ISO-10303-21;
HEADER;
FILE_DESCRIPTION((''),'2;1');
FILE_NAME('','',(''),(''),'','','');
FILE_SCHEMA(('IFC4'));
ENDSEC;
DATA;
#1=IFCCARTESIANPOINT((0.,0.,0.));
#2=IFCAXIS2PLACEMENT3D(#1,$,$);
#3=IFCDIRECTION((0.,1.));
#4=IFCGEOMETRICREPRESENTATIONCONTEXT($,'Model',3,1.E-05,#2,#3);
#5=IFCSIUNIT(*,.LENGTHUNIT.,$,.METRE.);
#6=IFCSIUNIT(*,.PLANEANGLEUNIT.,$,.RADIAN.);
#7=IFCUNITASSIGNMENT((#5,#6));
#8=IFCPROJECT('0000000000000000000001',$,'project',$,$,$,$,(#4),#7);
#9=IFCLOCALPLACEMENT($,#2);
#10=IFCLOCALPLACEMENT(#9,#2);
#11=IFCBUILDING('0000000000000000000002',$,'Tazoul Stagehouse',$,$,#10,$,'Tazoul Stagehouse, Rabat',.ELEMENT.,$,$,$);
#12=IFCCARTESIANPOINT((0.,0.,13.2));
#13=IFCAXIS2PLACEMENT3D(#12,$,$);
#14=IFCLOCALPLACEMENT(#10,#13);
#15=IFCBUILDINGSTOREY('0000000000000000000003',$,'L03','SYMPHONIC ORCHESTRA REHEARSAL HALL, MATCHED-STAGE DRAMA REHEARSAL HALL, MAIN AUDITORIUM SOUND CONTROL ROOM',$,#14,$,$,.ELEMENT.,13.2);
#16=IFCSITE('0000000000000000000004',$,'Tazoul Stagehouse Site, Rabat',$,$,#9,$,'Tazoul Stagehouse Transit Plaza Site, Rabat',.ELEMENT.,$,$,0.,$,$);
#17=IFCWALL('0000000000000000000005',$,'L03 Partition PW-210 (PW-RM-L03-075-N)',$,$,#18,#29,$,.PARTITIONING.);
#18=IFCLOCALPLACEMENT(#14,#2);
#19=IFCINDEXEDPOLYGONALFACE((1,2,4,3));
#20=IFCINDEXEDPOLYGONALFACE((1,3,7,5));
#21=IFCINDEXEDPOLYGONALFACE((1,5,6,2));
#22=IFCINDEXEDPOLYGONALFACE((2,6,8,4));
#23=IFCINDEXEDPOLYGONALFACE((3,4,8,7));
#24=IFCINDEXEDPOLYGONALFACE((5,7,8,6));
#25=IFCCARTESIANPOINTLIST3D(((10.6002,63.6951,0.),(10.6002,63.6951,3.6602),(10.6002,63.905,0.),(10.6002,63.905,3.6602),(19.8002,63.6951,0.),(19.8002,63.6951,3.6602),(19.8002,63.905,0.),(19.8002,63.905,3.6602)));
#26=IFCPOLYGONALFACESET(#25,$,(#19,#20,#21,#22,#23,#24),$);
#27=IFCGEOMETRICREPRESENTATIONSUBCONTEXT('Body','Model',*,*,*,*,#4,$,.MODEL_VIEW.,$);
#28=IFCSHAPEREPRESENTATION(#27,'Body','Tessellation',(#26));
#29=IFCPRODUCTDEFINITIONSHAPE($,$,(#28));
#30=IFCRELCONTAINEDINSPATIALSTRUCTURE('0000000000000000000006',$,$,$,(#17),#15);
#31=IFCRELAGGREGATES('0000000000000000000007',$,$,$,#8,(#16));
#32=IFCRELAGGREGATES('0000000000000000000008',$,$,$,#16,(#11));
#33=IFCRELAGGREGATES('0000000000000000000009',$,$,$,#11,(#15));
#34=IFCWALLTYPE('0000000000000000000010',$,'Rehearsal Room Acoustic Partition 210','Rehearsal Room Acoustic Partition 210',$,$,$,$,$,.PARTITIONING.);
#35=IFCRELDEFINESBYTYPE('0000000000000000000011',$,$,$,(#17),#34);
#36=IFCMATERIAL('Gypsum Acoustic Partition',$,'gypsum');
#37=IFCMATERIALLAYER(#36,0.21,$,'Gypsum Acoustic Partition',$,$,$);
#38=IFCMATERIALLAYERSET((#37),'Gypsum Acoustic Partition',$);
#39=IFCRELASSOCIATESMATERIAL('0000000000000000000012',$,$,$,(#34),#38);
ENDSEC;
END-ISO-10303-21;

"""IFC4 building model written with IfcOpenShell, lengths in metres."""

from ifc_helpers import new_model, si_unit, direction, frame, frame_2d, origin, place, context, subcontext, project, spatial, rectangle, extrude, material, layer, layer_set, type_object, element, save


model = new_model("IFC4")

# Units and contexts
model_context = context("Model", 3, precision=1e-05, world=origin(), true_north=direction((0.0, 1.0)))
body_context = subcontext(model_context, "Body", "Model", "MODEL_VIEW")
ifc_project = project(units=[si_unit("LENGTHUNIT", "METRE"), si_unit("PLANEANGLEUNIT", "RADIAN")], contexts=[model_context])

# Site, building, storey
site_placement = place(None, origin())
site = spatial("IfcSite", under=ifc_project, at=site_placement, Name="Tazoul Stagehouse Site, Rabat", LongName="Tazoul Stagehouse Transit Plaza Site, Rabat", CompositionType="ELEMENT", RefElevation=0.0)
building_placement = place(site_placement, origin())
building = spatial("IfcBuilding", under=site, at=building_placement, Name="Tazoul Stagehouse", LongName="Tazoul Stagehouse, Rabat", CompositionType="ELEMENT")
storey_placement = place(building_placement, frame((0.0, 0.0, 13.2)))
storey = spatial("IfcBuildingStorey", under=building, at=storey_placement, Name="L03", Description="SYMPHONIC ORCHESTRA REHEARSAL HALL, MATCHED-STAGE DRAMA REHEARSAL HALL, MAIN AUDITORIUM SOUND CONTROL ROOM", CompositionType="ELEMENT", Elevation=13.2)

# Wall
ifc_material_1 = material(Name="Gypsum Acoustic Partition", Category="gypsum")
ifc_layer_1 = layer(ifc_material_1, 0.21, Name="Gypsum Acoustic Partition")
ifc_layer_set_1 = layer_set([ifc_layer_1], Name="Gypsum Acoustic Partition")
wall_type = type_object("IfcWallType", Name="Rehearsal Room Acoustic Partition 210", Description="Rehearsal Room Acoustic Partition 210", PredefinedType="PARTITIONING", material=ifc_layer_set_1)
wall_placement = place(storey_placement, frame((10.6001, 63.8, 0.0), z_axis=(0.0, 0.0, 1.0), x_axis=(1.0, 0.0, 0.0)))
element("IfcWall", 1, at=wall_placement, inside=storey, type_object=wall_type, Name="L03 Partition PW-210 (PW-RM-L03-075-N)", PredefinedType="PARTITIONING", context=body_context, shape_type="SweptSolid", body=[
    extrude(rectangle(XDim=9.2, YDim=0.21, at=frame_2d((4.6001, 0.0))), origin(), (0.0, 0.0, 1.0), 3.6602),
])

save(model, "model.ifc")
